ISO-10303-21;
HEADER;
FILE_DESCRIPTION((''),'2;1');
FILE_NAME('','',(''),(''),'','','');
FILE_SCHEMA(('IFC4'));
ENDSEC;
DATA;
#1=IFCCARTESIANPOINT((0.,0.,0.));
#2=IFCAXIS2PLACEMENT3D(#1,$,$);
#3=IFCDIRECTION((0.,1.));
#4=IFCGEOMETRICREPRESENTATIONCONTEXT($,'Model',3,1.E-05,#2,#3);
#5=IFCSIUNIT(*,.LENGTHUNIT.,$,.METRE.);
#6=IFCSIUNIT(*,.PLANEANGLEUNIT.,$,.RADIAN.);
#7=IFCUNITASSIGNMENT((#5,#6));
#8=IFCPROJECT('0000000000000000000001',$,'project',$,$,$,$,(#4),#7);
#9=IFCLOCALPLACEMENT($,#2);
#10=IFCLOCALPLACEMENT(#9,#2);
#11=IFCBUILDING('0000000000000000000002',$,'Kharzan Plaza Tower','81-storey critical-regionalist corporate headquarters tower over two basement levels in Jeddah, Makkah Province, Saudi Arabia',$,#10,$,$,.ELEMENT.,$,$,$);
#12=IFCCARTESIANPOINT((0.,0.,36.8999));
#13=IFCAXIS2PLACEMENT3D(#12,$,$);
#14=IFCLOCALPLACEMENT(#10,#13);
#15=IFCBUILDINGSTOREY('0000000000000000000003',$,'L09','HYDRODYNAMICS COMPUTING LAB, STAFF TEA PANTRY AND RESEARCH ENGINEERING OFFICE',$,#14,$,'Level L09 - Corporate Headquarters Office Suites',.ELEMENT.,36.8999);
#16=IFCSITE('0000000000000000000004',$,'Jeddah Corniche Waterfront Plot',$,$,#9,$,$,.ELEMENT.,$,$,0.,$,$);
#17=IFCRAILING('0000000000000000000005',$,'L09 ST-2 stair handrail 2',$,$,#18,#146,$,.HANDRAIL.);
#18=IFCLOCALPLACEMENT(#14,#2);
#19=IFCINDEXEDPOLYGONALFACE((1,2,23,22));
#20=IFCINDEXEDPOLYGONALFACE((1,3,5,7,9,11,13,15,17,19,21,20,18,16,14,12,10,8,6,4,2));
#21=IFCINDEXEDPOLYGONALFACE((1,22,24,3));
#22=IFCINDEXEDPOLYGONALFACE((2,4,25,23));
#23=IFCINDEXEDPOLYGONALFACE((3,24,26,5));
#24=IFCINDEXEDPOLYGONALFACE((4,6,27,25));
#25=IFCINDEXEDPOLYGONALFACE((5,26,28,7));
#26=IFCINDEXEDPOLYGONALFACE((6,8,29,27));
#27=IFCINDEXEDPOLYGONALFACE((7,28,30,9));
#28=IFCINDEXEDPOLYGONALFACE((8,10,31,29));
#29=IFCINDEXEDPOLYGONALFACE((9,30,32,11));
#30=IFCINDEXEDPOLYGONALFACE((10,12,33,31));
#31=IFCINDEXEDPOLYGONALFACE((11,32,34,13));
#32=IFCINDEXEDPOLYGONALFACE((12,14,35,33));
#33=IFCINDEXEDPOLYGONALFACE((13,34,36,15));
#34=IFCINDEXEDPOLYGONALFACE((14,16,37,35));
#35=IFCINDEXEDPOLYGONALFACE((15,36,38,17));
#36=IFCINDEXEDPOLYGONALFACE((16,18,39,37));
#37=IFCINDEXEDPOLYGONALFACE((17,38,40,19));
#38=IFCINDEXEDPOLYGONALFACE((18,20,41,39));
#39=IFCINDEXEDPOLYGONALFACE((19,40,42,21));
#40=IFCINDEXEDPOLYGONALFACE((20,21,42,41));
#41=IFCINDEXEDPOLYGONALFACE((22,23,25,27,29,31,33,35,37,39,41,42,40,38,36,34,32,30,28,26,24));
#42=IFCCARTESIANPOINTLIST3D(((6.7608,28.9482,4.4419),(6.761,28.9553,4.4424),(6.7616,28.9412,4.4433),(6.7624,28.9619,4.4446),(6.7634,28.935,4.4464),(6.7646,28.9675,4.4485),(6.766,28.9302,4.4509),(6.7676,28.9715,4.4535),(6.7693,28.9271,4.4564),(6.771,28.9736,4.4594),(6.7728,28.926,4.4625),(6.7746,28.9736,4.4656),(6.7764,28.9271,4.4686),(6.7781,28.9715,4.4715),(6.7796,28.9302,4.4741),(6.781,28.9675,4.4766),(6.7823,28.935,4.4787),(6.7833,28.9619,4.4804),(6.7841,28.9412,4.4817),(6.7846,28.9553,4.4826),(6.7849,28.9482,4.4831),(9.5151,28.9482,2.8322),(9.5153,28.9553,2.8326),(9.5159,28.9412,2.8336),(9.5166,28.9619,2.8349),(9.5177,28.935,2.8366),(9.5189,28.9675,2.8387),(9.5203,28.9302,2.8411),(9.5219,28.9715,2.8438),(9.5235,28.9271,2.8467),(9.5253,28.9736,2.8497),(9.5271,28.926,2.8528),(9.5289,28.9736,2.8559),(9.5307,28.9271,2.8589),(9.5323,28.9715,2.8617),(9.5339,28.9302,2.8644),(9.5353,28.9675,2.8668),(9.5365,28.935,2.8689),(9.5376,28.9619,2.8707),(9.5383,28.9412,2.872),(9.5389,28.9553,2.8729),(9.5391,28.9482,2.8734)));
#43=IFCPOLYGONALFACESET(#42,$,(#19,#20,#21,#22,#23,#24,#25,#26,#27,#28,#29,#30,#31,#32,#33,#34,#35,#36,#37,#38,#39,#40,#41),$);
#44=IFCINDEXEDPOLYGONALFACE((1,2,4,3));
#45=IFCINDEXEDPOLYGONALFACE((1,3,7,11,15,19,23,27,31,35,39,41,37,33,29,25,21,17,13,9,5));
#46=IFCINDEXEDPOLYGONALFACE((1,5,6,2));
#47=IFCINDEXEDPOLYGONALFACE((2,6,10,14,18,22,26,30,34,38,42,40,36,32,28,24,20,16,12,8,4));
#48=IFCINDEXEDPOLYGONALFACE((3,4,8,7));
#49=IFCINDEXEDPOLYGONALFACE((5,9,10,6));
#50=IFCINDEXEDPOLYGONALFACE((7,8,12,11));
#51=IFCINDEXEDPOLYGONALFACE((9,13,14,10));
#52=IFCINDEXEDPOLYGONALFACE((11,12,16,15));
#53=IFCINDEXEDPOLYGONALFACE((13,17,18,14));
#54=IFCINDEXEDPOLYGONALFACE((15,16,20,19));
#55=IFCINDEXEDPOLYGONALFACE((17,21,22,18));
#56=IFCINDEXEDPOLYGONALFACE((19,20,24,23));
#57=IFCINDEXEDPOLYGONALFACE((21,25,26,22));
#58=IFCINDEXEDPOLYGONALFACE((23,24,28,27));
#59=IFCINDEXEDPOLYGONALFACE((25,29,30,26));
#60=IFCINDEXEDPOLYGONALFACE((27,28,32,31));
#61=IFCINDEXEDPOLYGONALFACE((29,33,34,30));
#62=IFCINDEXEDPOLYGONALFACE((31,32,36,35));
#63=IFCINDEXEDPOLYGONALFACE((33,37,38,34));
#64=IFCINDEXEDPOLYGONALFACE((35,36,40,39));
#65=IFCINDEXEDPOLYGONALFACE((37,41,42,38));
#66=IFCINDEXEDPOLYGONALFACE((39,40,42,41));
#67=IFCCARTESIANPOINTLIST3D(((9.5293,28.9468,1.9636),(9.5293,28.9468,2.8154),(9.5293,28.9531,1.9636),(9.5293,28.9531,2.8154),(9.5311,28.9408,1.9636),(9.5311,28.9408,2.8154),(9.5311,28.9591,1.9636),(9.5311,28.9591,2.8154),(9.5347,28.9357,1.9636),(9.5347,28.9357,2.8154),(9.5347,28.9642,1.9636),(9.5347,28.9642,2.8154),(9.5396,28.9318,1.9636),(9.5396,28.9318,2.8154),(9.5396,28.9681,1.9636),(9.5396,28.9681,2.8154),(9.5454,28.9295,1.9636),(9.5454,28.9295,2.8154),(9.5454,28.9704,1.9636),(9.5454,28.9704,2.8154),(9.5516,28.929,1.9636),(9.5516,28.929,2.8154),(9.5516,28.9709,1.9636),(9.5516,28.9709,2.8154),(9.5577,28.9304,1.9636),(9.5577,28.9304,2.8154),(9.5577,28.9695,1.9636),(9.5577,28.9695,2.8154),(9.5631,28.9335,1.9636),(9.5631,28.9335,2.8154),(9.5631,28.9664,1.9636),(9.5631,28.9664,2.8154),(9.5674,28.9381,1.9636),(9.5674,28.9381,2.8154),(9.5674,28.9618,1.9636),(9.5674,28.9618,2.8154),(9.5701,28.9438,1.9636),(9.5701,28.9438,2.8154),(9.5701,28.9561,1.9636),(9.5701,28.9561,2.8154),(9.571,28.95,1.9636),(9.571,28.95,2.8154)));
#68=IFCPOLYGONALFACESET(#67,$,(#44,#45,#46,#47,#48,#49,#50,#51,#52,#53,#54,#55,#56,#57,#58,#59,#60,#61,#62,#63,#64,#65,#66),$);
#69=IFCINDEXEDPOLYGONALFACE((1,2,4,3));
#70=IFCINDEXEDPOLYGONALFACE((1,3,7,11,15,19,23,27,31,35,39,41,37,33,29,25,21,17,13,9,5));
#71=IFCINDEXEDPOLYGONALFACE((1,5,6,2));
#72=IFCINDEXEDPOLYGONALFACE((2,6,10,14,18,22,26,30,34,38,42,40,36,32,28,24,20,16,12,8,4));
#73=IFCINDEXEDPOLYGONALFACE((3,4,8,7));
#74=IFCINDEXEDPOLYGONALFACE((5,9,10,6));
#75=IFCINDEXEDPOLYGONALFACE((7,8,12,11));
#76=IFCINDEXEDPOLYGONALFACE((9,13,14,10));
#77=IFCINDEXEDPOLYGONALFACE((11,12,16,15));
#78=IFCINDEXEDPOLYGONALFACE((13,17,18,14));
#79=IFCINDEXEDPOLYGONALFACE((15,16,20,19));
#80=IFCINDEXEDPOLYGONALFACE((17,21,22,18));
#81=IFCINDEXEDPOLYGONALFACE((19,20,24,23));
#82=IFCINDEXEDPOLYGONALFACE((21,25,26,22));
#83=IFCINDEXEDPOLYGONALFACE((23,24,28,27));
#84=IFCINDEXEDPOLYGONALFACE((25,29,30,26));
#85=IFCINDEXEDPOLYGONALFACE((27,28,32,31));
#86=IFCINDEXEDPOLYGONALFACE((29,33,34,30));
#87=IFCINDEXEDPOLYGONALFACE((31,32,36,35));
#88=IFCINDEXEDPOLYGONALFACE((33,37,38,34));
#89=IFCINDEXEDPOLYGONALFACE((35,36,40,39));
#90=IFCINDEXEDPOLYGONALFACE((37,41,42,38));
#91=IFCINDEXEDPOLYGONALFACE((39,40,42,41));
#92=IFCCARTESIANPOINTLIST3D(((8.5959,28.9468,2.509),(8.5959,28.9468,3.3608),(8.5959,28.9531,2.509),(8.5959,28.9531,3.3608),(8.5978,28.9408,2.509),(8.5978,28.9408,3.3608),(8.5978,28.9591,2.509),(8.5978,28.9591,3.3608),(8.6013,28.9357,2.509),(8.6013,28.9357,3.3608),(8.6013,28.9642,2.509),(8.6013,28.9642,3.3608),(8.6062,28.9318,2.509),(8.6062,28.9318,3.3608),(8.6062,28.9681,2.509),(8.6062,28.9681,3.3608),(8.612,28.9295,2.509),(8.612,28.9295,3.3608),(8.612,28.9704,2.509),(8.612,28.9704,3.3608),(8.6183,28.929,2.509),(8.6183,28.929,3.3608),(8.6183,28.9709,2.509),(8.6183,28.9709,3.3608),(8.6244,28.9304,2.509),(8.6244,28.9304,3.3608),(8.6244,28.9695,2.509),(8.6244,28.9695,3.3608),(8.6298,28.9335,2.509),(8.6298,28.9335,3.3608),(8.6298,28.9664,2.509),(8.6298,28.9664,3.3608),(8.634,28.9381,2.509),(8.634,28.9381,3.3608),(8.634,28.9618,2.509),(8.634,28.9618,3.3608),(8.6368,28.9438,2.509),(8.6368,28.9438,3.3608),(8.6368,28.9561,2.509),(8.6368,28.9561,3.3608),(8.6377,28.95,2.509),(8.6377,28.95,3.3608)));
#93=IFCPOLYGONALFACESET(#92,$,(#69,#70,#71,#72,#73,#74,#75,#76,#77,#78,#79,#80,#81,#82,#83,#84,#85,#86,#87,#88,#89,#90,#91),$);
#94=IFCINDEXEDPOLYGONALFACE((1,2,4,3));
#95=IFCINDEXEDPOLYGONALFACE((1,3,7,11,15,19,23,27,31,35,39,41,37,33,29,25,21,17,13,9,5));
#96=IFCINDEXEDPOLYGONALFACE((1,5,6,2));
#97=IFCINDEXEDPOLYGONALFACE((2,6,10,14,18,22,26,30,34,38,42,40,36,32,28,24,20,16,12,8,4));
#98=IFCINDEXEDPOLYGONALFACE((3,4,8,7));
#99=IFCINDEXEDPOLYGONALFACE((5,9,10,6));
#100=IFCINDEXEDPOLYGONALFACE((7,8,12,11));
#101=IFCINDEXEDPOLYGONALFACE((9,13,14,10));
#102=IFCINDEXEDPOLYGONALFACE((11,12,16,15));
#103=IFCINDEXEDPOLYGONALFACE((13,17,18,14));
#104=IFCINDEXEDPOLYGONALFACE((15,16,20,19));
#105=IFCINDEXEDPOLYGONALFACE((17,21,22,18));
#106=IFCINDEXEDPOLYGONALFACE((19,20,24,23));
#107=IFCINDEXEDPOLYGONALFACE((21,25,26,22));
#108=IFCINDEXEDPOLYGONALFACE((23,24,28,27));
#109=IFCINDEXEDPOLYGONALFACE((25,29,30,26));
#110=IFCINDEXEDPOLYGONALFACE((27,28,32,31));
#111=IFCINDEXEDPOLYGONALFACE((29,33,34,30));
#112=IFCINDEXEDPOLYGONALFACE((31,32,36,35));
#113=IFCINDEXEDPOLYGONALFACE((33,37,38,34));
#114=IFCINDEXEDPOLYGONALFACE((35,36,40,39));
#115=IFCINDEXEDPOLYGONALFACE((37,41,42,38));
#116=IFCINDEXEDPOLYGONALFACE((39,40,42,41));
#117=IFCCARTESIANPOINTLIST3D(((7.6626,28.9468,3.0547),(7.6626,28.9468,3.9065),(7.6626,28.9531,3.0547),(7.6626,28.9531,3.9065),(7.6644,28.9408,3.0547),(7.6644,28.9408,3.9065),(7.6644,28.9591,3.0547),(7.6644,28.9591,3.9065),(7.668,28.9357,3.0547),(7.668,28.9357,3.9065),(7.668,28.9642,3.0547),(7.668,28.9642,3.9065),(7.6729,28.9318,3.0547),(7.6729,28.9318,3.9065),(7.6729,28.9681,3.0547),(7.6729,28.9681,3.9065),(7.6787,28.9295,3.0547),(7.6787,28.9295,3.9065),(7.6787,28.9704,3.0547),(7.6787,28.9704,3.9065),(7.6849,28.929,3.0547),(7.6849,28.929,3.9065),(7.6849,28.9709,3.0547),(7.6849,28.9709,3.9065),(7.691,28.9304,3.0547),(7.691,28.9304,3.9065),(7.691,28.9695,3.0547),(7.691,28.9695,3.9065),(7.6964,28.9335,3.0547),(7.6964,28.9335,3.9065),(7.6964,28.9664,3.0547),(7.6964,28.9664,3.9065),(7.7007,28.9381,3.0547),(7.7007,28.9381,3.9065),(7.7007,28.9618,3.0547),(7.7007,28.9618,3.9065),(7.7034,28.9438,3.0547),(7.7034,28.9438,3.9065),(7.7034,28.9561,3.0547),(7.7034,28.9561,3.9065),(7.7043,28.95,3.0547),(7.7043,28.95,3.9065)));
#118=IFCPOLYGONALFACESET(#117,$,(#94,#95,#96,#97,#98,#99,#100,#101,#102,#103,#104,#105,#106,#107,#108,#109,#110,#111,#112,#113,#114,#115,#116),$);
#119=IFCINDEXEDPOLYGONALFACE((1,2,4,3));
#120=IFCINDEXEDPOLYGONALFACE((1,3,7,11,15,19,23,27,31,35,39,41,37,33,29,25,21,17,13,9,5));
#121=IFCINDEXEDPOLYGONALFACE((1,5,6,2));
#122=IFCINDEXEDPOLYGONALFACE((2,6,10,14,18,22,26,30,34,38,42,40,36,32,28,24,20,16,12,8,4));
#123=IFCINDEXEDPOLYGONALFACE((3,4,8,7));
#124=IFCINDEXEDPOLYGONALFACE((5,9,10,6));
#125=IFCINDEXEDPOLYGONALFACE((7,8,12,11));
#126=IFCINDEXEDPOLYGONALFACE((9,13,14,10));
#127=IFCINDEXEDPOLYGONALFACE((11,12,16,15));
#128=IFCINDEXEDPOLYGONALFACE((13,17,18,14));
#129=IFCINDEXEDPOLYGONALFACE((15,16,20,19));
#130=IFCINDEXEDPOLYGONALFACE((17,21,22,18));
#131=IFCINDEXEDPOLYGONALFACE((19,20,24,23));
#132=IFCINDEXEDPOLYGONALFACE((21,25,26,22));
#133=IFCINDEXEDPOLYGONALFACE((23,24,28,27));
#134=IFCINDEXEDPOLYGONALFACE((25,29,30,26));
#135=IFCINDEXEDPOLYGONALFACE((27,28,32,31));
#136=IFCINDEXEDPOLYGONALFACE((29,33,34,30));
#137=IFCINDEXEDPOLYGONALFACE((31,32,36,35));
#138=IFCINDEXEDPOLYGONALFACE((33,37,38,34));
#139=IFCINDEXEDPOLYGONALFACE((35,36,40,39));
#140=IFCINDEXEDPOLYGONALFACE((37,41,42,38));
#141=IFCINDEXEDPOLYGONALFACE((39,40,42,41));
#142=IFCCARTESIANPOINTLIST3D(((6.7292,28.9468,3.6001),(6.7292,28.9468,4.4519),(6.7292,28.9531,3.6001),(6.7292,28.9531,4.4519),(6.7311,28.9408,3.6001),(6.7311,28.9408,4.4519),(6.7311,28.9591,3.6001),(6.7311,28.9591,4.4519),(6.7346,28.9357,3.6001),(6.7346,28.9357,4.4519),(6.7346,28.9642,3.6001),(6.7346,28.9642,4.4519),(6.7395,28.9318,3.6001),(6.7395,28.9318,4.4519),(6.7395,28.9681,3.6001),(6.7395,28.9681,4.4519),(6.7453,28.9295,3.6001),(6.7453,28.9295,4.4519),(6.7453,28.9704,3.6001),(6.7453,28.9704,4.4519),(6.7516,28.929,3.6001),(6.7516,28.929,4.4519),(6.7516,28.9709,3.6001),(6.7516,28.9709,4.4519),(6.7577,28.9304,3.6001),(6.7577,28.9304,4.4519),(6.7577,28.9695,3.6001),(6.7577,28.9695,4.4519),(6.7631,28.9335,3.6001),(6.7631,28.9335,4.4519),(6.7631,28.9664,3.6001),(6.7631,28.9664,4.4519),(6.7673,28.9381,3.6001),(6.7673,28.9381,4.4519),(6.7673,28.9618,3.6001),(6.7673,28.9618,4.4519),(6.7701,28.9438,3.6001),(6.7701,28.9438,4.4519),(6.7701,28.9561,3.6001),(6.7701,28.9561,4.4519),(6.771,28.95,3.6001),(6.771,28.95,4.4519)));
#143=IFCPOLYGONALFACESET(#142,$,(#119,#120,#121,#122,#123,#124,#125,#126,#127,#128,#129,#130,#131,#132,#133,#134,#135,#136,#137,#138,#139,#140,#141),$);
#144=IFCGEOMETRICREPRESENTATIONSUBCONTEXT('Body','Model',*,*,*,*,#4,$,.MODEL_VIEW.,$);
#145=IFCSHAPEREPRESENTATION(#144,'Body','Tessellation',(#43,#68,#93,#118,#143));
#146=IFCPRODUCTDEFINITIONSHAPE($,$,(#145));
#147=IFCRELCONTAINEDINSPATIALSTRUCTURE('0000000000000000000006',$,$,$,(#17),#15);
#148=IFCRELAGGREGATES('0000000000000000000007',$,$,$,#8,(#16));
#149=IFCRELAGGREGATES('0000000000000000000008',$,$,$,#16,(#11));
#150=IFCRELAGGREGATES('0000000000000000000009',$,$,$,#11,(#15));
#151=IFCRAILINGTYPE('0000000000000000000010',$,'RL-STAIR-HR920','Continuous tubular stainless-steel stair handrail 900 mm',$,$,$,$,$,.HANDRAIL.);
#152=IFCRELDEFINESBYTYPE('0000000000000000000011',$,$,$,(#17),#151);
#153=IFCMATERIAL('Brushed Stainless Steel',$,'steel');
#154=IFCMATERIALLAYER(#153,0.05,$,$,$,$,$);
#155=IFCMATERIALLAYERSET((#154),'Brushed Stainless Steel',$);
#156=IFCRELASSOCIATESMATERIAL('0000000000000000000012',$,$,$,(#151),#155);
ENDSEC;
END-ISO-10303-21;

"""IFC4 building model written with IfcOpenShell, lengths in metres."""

from ifc_helpers import new_model, si_unit, direction, frame, origin, origin_2d, place, context, subcontext, project, spatial, circle, extrude, source, transform, mapped, material, layer, layer_set, type_object, element, save


model = new_model("IFC4")

# Units and contexts
model_context = context("Model", 3, precision=1e-05, world=origin(), true_north=direction((0.0, 1.0)))
body_context = subcontext(model_context, "Body", "Model", "MODEL_VIEW")
ifc_project = project(units=[si_unit("LENGTHUNIT", "METRE"), si_unit("PLANEANGLEUNIT", "RADIAN")], contexts=[model_context])

# Site, building, storey
site_placement = place(None, origin())
site = spatial("IfcSite", under=ifc_project, at=site_placement, Name="Jeddah Corniche Waterfront Plot", CompositionType="ELEMENT", RefElevation=0.0)
building_placement = place(site_placement, origin())
building = spatial("IfcBuilding", under=site, at=building_placement, Name="Kharzan Plaza Tower", Description="81-storey critical-regionalist corporate headquarters tower over two basement levels in Jeddah, Makkah Province, Saudi Arabia", CompositionType="ELEMENT")
storey_placement = place(building_placement, frame((0.0, 0.0, 36.8999)))
storey = spatial("IfcBuildingStorey", under=building, at=storey_placement, Name="L09", Description="HYDRODYNAMICS COMPUTING LAB, STAFF TEA PANTRY AND RESEARCH ENGINEERING OFFICE", LongName="Level L09 - Corporate Headquarters Office Suites", CompositionType="ELEMENT", Elevation=36.8999)

# Shared definitions
ifc_material_1 = material(Name="Brushed Stainless Steel", Category="steel")

# Railing
ifc_layer_1 = layer(ifc_material_1, 0.05)
ifc_layer_set_1 = layer_set([ifc_layer_1], Name="Brushed Stainless Steel")
railing_type_1 = type_object("IfcRailingType", Name="RL-STAIR-HR920", Description="Continuous tubular stainless-steel stair handrail 900 mm", PredefinedType="HANDRAIL", material=ifc_layer_set_1)
shared_shape_1 = source(origin(), body_context, "Body", "SweptSolid", [
    extrude(circle(Radius=0.0239, at=origin_2d()), frame((-0.0229, 0.0, 0.8892), z_axis=(-0.863361, 0.0, 0.504587), x_axis=(0.0, -1.0, 0.0)), (0.0, 0.0, 1.0), 3.1902),
    extrude(circle(Radius=0.021, at=origin_2d()), origin(), (0.0, 0.0, 1.0), 0.8518),
    extrude(circle(Radius=0.021, at=origin_2d()), frame((-0.9333, 0.0, 0.5454)), (0.0, 0.0, 1.0), 0.8518),
    extrude(circle(Radius=0.021, at=origin_2d()), frame((-1.8667, 0.0, 1.0911)), (0.0, 0.0, 1.0), 0.8518),
    extrude(circle(Radius=0.021, at=origin_2d()), frame((-2.8, 0.0, 1.6365)), (0.0, 0.0, 1.0), 0.8518),
])
railing_1_placement = place(storey_placement, frame((9.55, 28.95, 1.9636)))
element("IfcRailing", 1, at=railing_1_placement, inside=storey, type_object=railing_type_1, Name="L09 ST-2 stair handrail 2", PredefinedType="HANDRAIL", context=body_context, shape_type="MappedRepresentation", body=[
    mapped(shared_shape_1, transform((0.0, 0.0, 0.0), x_axis=(1.0, 0.0, 0.0), y_axis=(0.0, 1.0, 0.0), z_axis=(0.0, 0.0, 1.0))),
])

save(model, "model.ifc")
